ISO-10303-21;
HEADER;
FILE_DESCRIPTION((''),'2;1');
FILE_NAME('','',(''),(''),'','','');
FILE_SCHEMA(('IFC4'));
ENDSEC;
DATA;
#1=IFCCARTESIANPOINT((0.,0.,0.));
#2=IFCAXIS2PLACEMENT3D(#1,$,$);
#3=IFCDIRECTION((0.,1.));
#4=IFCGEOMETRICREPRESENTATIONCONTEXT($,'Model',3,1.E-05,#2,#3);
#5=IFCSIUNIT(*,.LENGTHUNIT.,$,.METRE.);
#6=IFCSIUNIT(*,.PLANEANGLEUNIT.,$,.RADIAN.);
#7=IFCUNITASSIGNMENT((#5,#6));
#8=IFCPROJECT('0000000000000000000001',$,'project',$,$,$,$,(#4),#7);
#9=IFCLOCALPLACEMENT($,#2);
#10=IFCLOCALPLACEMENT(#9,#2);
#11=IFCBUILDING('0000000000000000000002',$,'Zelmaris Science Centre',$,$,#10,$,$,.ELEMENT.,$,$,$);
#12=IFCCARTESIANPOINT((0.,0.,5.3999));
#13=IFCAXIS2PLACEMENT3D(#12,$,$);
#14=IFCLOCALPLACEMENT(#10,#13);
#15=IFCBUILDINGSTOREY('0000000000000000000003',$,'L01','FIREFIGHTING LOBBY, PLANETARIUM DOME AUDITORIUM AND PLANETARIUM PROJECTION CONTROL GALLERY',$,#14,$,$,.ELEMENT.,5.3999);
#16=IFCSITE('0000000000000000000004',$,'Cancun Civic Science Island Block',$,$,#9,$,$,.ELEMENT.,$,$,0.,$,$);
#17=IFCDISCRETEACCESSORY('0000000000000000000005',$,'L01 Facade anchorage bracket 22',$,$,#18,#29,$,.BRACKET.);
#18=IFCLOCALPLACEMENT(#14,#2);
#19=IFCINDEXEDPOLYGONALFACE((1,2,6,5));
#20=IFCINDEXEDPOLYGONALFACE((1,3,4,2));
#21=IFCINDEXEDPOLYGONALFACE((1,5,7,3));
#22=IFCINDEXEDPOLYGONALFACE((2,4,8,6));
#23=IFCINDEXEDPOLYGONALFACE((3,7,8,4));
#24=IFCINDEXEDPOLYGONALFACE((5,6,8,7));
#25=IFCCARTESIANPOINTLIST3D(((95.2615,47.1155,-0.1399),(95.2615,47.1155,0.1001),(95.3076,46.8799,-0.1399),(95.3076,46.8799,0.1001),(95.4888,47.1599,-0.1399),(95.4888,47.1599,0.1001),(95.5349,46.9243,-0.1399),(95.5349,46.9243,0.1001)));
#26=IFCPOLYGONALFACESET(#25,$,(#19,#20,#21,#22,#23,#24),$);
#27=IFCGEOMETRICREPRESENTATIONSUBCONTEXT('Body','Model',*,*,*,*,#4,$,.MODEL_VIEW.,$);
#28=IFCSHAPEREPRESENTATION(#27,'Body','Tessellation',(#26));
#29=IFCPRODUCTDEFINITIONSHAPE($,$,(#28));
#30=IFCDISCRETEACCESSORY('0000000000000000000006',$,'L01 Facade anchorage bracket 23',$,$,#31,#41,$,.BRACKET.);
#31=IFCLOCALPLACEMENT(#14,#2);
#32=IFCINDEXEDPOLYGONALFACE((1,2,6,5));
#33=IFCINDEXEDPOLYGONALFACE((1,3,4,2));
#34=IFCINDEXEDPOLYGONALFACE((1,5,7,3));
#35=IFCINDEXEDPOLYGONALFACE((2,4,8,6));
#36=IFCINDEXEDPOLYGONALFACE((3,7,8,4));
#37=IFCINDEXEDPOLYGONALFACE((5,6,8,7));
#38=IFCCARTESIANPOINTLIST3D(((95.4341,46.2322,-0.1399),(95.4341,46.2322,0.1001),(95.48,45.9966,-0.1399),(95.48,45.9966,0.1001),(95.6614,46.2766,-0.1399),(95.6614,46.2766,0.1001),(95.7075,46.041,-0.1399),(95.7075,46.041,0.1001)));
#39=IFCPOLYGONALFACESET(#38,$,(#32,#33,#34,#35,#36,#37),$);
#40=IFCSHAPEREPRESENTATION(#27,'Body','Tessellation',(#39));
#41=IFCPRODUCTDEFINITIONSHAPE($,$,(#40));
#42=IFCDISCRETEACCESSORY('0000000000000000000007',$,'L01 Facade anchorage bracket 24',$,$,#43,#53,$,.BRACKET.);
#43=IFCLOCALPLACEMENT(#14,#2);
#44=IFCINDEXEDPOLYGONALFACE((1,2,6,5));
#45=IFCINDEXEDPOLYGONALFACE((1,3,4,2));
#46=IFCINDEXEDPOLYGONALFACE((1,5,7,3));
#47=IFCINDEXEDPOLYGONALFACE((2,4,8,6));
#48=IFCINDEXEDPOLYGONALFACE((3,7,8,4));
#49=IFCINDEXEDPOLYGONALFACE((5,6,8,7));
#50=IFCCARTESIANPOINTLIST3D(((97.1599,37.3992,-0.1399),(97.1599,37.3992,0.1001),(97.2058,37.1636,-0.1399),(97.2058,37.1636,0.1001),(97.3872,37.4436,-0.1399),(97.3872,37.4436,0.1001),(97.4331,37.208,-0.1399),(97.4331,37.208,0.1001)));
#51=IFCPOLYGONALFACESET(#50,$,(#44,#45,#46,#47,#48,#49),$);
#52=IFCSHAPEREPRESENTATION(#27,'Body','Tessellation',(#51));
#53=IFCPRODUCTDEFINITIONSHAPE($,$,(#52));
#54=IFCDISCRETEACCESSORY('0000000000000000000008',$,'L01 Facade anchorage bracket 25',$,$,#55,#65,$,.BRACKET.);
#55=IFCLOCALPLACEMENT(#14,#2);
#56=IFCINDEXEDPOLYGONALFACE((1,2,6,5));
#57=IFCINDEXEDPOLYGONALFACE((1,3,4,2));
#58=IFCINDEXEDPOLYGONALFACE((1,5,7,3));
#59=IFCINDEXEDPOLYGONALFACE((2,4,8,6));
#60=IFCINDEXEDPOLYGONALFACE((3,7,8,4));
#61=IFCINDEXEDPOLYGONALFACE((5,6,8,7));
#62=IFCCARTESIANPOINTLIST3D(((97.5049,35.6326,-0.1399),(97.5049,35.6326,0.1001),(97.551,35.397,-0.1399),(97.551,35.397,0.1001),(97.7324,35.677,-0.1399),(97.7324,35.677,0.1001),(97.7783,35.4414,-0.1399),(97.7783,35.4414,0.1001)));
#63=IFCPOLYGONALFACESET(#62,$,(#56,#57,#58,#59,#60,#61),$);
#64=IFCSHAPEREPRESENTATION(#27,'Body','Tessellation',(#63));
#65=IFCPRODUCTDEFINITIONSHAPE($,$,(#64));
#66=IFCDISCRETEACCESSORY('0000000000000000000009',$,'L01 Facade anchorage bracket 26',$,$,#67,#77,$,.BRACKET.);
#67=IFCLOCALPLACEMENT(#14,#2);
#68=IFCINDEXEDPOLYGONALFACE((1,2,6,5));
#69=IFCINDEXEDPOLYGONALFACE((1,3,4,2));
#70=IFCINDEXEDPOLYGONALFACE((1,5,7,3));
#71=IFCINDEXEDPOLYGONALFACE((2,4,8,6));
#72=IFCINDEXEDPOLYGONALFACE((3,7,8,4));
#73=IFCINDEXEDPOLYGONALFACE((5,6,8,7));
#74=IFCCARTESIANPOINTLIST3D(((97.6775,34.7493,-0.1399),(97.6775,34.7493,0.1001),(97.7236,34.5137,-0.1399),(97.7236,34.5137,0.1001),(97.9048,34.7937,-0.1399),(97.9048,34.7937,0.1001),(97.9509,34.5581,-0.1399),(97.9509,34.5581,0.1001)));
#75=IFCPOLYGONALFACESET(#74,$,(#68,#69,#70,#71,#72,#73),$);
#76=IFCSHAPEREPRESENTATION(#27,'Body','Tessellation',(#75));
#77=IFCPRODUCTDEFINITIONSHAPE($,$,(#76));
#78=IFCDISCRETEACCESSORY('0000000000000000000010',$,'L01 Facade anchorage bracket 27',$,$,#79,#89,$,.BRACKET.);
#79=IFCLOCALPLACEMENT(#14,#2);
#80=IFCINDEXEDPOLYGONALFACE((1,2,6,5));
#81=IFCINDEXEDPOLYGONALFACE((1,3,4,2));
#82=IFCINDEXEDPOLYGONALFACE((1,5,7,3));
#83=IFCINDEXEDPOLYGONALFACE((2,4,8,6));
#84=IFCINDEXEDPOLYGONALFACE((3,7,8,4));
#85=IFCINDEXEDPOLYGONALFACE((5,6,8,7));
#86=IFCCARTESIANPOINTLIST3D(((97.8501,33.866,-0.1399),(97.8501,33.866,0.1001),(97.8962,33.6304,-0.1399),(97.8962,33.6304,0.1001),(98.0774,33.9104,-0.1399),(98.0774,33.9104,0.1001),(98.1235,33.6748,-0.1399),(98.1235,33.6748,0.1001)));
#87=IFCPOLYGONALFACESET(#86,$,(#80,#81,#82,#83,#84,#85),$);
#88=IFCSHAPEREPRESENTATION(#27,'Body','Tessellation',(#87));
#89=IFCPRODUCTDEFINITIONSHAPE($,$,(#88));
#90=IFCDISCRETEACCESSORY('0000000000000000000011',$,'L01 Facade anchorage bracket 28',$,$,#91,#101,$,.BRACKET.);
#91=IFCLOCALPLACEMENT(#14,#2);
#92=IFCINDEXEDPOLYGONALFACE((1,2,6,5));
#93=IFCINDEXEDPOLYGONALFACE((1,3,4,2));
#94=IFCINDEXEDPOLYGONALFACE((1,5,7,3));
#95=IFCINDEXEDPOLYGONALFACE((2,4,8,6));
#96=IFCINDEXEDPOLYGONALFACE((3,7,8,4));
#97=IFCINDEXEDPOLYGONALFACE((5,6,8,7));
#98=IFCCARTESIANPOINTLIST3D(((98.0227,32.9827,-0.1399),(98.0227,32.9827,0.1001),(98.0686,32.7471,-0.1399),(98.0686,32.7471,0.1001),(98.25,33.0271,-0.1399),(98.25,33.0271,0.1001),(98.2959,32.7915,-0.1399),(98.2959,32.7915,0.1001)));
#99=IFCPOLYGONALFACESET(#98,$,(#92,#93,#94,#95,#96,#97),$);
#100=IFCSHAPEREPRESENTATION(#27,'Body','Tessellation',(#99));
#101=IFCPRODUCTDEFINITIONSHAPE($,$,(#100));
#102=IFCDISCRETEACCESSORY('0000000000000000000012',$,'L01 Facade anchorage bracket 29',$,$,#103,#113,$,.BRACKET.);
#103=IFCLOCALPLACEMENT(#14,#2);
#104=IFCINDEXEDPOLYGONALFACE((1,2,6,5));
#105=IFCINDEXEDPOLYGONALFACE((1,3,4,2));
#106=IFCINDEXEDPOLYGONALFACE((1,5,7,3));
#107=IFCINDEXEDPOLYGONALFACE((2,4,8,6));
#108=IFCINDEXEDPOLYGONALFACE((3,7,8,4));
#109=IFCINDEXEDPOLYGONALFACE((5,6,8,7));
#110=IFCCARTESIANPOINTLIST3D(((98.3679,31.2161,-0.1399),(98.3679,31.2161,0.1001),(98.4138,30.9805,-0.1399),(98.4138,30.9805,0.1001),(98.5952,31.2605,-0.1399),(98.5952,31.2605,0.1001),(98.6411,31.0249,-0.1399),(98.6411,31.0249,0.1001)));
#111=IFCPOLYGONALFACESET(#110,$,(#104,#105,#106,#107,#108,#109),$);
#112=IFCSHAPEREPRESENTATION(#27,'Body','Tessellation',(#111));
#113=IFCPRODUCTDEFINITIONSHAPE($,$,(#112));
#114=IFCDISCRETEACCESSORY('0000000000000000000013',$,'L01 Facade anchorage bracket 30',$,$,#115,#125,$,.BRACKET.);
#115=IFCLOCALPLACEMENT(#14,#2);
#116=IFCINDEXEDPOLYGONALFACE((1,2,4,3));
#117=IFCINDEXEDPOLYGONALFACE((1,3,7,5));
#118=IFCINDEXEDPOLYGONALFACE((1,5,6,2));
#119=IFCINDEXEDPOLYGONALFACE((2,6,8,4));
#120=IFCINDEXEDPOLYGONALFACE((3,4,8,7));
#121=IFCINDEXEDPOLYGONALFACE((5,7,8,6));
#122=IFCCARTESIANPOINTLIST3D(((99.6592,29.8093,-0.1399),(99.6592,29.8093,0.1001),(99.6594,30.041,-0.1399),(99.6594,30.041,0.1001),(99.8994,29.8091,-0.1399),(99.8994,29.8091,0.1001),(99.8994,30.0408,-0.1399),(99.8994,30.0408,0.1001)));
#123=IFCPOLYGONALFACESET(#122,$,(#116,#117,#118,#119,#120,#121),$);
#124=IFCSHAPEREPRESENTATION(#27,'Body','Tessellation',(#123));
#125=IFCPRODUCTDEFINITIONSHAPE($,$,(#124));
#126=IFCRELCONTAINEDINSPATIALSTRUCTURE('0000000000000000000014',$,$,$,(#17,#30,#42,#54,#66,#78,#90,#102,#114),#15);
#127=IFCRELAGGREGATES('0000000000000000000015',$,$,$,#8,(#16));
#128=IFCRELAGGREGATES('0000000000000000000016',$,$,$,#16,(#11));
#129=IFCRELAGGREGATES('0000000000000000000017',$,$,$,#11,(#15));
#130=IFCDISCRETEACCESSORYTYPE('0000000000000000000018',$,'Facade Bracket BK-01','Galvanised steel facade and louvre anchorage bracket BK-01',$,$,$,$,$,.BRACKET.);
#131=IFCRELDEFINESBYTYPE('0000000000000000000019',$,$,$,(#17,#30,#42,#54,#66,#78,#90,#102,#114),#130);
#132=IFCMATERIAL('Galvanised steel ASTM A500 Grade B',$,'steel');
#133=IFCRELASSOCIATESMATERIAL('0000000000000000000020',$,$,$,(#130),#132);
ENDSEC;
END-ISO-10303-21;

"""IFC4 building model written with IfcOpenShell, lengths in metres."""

from ifc_helpers import new_model, si_unit, direction, frame, origin, place, context, subcontext, project, spatial, polyline, outline, extrude, material, type_object, element, save


model = new_model("IFC4")

# Units and contexts
model_context = context("Model", 3, precision=1e-05, world=origin(), true_north=direction((0.0, 1.0)))
body_context = subcontext(model_context, "Body", "Model", "MODEL_VIEW")
ifc_project = project(units=[si_unit("LENGTHUNIT", "METRE"), si_unit("PLANEANGLEUNIT", "RADIAN")], contexts=[model_context])

# Site, building, storey
site_placement = place(None, origin())
site = spatial("IfcSite", under=ifc_project, at=site_placement, Name="Cancun Civic Science Island Block", CompositionType="ELEMENT", RefElevation=0.0)
building_placement = place(site_placement, origin())
building = spatial("IfcBuilding", under=site, at=building_placement, Name="Zelmaris Science Centre", CompositionType="ELEMENT")
storey_placement = place(building_placement, frame((0.0, 0.0, 5.3999)))
storey = spatial("IfcBuildingStorey", under=building, at=storey_placement, Name="L01", Description="FIREFIGHTING LOBBY, PLANETARIUM DOME AUDITORIUM AND PLANETARIUM PROJECTION CONTROL GALLERY", CompositionType="ELEMENT", Elevation=5.3999)

# Discrete accessories
ifc_material = material(Name="Galvanised steel ASTM A500 Grade B", Category="steel")
discrete_accessory_type = type_object("IfcDiscreteAccessoryType", Name="Facade Bracket BK-01", Description="Galvanised steel facade and louvre anchorage bracket BK-01", PredefinedType="BRACKET", material=ifc_material)
discrete_accessory_1_placement = place(storey_placement, frame((0.0, 0.0, -0.1399)))
element("IfcDiscreteAccessory", 1, at=discrete_accessory_1_placement, inside=storey, type_object=discrete_accessory_type, Name="L01 Facade anchorage bracket 22", PredefinedType="BRACKET", context=body_context, shape_type="SweptSolid", body=[
    extrude(outline(polyline([(95.2615, 47.1155), (95.3076, 46.8799), (95.5349, 46.9243), (95.4888, 47.1599), (95.2615, 47.1155)])), origin(), (0.0, 0.0, 1.0), 0.24),
])
discrete_accessory_2_placement = place(storey_placement, frame((0.0, 0.0, -0.1399)))
element("IfcDiscreteAccessory", 2, at=discrete_accessory_2_placement, inside=storey, type_object=discrete_accessory_type, Name="L01 Facade anchorage bracket 23", PredefinedType="BRACKET", context=body_context, shape_type="SweptSolid", body=[
    extrude(outline(polyline([(95.4341, 46.2322), (95.48, 45.9966), (95.7075, 46.041), (95.6614, 46.2766), (95.4341, 46.2322)])), origin(), (0.0, 0.0, 1.0), 0.24),
])
discrete_accessory_3_placement = place(storey_placement, frame((0.0, 0.0, -0.1399)))
element("IfcDiscreteAccessory", 3, at=discrete_accessory_3_placement, inside=storey, type_object=discrete_accessory_type, Name="L01 Facade anchorage bracket 24", PredefinedType="BRACKET", context=body_context, shape_type="SweptSolid", body=[
    extrude(outline(polyline([(97.1599, 37.3992), (97.2058, 37.1636), (97.4331, 37.208), (97.3872, 37.4436), (97.1599, 37.3992)])), origin(), (0.0, 0.0, 1.0), 0.24),
])
discrete_accessory_4_placement = place(storey_placement, frame((0.0, 0.0, -0.1399)))
element("IfcDiscreteAccessory", 4, at=discrete_accessory_4_placement, inside=storey, type_object=discrete_accessory_type, Name="L01 Facade anchorage bracket 25", PredefinedType="BRACKET", context=body_context, shape_type="SweptSolid", body=[
    extrude(outline(polyline([(97.5049, 35.6326), (97.551, 35.397), (97.7783, 35.4414), (97.7324, 35.677), (97.5049, 35.6326)])), origin(), (0.0, 0.0, 1.0), 0.24),
])
discrete_accessory_5_placement = place(storey_placement, frame((0.0, 0.0, -0.1399)))
element("IfcDiscreteAccessory", 5, at=discrete_accessory_5_placement, inside=storey, type_object=discrete_accessory_type, Name="L01 Facade anchorage bracket 26", PredefinedType="BRACKET", context=body_context, shape_type="SweptSolid", body=[
    extrude(outline(polyline([(97.6775, 34.7493), (97.7236, 34.5137), (97.9509, 34.5581), (97.9048, 34.7937), (97.6775, 34.7493)])), origin(), (0.0, 0.0, 1.0), 0.24),
])
discrete_accessory_6_placement = place(storey_placement, frame((0.0, 0.0, -0.1399)))
element("IfcDiscreteAccessory", 6, at=discrete_accessory_6_placement, inside=storey, type_object=discrete_accessory_type, Name="L01 Facade anchorage bracket 27", PredefinedType="BRACKET", context=body_context, shape_type="SweptSolid", body=[
    extrude(outline(polyline([(97.8501, 33.866), (97.8962, 33.6304), (98.1235, 33.6748), (98.0774, 33.9104), (97.8501, 33.866)])), origin(), (0.0, 0.0, 1.0), 0.24),
])
discrete_accessory_7_placement = place(storey_placement, frame((0.0, 0.0, -0.1399)))
element("IfcDiscreteAccessory", 7, at=discrete_accessory_7_placement, inside=storey, type_object=discrete_accessory_type, Name="L01 Facade anchorage bracket 28", PredefinedType="BRACKET", context=body_context, shape_type="SweptSolid", body=[
    extrude(outline(polyline([(98.0227, 32.9827), (98.0686, 32.7471), (98.2959, 32.7915), (98.25, 33.0271), (98.0227, 32.9827)])), origin(), (0.0, 0.0, 1.0), 0.24),
])
discrete_accessory_8_placement = place(storey_placement, frame((0.0, 0.0, -0.1399)))
element("IfcDiscreteAccessory", 8, at=discrete_accessory_8_placement, inside=storey, type_object=discrete_accessory_type, Name="L01 Facade anchorage bracket 29", PredefinedType="BRACKET", context=body_context, shape_type="SweptSolid", body=[
    extrude(outline(polyline([(98.3679, 31.2161), (98.4138, 30.9805), (98.6411, 31.0249), (98.5952, 31.2605), (98.3679, 31.2161)])), origin(), (0.0, 0.0, 1.0), 0.24),
])
discrete_accessory_9_placement = place(storey_placement, frame((0.0, 0.0, -0.1399)))
element("IfcDiscreteAccessory", 9, at=discrete_accessory_9_placement, inside=storey, type_object=discrete_accessory_type, Name="L01 Facade anchorage bracket 30", PredefinedType="BRACKET", context=body_context, shape_type="SweptSolid", body=[
    extrude(outline(polyline([(99.6592, 29.8093), (99.8994, 29.8091), (99.8994, 30.0408), (99.6594, 30.041), (99.6592, 29.8093)])), origin(), (0.0, 0.0, 1.0), 0.24),
])

save(model, "model.ifc")
